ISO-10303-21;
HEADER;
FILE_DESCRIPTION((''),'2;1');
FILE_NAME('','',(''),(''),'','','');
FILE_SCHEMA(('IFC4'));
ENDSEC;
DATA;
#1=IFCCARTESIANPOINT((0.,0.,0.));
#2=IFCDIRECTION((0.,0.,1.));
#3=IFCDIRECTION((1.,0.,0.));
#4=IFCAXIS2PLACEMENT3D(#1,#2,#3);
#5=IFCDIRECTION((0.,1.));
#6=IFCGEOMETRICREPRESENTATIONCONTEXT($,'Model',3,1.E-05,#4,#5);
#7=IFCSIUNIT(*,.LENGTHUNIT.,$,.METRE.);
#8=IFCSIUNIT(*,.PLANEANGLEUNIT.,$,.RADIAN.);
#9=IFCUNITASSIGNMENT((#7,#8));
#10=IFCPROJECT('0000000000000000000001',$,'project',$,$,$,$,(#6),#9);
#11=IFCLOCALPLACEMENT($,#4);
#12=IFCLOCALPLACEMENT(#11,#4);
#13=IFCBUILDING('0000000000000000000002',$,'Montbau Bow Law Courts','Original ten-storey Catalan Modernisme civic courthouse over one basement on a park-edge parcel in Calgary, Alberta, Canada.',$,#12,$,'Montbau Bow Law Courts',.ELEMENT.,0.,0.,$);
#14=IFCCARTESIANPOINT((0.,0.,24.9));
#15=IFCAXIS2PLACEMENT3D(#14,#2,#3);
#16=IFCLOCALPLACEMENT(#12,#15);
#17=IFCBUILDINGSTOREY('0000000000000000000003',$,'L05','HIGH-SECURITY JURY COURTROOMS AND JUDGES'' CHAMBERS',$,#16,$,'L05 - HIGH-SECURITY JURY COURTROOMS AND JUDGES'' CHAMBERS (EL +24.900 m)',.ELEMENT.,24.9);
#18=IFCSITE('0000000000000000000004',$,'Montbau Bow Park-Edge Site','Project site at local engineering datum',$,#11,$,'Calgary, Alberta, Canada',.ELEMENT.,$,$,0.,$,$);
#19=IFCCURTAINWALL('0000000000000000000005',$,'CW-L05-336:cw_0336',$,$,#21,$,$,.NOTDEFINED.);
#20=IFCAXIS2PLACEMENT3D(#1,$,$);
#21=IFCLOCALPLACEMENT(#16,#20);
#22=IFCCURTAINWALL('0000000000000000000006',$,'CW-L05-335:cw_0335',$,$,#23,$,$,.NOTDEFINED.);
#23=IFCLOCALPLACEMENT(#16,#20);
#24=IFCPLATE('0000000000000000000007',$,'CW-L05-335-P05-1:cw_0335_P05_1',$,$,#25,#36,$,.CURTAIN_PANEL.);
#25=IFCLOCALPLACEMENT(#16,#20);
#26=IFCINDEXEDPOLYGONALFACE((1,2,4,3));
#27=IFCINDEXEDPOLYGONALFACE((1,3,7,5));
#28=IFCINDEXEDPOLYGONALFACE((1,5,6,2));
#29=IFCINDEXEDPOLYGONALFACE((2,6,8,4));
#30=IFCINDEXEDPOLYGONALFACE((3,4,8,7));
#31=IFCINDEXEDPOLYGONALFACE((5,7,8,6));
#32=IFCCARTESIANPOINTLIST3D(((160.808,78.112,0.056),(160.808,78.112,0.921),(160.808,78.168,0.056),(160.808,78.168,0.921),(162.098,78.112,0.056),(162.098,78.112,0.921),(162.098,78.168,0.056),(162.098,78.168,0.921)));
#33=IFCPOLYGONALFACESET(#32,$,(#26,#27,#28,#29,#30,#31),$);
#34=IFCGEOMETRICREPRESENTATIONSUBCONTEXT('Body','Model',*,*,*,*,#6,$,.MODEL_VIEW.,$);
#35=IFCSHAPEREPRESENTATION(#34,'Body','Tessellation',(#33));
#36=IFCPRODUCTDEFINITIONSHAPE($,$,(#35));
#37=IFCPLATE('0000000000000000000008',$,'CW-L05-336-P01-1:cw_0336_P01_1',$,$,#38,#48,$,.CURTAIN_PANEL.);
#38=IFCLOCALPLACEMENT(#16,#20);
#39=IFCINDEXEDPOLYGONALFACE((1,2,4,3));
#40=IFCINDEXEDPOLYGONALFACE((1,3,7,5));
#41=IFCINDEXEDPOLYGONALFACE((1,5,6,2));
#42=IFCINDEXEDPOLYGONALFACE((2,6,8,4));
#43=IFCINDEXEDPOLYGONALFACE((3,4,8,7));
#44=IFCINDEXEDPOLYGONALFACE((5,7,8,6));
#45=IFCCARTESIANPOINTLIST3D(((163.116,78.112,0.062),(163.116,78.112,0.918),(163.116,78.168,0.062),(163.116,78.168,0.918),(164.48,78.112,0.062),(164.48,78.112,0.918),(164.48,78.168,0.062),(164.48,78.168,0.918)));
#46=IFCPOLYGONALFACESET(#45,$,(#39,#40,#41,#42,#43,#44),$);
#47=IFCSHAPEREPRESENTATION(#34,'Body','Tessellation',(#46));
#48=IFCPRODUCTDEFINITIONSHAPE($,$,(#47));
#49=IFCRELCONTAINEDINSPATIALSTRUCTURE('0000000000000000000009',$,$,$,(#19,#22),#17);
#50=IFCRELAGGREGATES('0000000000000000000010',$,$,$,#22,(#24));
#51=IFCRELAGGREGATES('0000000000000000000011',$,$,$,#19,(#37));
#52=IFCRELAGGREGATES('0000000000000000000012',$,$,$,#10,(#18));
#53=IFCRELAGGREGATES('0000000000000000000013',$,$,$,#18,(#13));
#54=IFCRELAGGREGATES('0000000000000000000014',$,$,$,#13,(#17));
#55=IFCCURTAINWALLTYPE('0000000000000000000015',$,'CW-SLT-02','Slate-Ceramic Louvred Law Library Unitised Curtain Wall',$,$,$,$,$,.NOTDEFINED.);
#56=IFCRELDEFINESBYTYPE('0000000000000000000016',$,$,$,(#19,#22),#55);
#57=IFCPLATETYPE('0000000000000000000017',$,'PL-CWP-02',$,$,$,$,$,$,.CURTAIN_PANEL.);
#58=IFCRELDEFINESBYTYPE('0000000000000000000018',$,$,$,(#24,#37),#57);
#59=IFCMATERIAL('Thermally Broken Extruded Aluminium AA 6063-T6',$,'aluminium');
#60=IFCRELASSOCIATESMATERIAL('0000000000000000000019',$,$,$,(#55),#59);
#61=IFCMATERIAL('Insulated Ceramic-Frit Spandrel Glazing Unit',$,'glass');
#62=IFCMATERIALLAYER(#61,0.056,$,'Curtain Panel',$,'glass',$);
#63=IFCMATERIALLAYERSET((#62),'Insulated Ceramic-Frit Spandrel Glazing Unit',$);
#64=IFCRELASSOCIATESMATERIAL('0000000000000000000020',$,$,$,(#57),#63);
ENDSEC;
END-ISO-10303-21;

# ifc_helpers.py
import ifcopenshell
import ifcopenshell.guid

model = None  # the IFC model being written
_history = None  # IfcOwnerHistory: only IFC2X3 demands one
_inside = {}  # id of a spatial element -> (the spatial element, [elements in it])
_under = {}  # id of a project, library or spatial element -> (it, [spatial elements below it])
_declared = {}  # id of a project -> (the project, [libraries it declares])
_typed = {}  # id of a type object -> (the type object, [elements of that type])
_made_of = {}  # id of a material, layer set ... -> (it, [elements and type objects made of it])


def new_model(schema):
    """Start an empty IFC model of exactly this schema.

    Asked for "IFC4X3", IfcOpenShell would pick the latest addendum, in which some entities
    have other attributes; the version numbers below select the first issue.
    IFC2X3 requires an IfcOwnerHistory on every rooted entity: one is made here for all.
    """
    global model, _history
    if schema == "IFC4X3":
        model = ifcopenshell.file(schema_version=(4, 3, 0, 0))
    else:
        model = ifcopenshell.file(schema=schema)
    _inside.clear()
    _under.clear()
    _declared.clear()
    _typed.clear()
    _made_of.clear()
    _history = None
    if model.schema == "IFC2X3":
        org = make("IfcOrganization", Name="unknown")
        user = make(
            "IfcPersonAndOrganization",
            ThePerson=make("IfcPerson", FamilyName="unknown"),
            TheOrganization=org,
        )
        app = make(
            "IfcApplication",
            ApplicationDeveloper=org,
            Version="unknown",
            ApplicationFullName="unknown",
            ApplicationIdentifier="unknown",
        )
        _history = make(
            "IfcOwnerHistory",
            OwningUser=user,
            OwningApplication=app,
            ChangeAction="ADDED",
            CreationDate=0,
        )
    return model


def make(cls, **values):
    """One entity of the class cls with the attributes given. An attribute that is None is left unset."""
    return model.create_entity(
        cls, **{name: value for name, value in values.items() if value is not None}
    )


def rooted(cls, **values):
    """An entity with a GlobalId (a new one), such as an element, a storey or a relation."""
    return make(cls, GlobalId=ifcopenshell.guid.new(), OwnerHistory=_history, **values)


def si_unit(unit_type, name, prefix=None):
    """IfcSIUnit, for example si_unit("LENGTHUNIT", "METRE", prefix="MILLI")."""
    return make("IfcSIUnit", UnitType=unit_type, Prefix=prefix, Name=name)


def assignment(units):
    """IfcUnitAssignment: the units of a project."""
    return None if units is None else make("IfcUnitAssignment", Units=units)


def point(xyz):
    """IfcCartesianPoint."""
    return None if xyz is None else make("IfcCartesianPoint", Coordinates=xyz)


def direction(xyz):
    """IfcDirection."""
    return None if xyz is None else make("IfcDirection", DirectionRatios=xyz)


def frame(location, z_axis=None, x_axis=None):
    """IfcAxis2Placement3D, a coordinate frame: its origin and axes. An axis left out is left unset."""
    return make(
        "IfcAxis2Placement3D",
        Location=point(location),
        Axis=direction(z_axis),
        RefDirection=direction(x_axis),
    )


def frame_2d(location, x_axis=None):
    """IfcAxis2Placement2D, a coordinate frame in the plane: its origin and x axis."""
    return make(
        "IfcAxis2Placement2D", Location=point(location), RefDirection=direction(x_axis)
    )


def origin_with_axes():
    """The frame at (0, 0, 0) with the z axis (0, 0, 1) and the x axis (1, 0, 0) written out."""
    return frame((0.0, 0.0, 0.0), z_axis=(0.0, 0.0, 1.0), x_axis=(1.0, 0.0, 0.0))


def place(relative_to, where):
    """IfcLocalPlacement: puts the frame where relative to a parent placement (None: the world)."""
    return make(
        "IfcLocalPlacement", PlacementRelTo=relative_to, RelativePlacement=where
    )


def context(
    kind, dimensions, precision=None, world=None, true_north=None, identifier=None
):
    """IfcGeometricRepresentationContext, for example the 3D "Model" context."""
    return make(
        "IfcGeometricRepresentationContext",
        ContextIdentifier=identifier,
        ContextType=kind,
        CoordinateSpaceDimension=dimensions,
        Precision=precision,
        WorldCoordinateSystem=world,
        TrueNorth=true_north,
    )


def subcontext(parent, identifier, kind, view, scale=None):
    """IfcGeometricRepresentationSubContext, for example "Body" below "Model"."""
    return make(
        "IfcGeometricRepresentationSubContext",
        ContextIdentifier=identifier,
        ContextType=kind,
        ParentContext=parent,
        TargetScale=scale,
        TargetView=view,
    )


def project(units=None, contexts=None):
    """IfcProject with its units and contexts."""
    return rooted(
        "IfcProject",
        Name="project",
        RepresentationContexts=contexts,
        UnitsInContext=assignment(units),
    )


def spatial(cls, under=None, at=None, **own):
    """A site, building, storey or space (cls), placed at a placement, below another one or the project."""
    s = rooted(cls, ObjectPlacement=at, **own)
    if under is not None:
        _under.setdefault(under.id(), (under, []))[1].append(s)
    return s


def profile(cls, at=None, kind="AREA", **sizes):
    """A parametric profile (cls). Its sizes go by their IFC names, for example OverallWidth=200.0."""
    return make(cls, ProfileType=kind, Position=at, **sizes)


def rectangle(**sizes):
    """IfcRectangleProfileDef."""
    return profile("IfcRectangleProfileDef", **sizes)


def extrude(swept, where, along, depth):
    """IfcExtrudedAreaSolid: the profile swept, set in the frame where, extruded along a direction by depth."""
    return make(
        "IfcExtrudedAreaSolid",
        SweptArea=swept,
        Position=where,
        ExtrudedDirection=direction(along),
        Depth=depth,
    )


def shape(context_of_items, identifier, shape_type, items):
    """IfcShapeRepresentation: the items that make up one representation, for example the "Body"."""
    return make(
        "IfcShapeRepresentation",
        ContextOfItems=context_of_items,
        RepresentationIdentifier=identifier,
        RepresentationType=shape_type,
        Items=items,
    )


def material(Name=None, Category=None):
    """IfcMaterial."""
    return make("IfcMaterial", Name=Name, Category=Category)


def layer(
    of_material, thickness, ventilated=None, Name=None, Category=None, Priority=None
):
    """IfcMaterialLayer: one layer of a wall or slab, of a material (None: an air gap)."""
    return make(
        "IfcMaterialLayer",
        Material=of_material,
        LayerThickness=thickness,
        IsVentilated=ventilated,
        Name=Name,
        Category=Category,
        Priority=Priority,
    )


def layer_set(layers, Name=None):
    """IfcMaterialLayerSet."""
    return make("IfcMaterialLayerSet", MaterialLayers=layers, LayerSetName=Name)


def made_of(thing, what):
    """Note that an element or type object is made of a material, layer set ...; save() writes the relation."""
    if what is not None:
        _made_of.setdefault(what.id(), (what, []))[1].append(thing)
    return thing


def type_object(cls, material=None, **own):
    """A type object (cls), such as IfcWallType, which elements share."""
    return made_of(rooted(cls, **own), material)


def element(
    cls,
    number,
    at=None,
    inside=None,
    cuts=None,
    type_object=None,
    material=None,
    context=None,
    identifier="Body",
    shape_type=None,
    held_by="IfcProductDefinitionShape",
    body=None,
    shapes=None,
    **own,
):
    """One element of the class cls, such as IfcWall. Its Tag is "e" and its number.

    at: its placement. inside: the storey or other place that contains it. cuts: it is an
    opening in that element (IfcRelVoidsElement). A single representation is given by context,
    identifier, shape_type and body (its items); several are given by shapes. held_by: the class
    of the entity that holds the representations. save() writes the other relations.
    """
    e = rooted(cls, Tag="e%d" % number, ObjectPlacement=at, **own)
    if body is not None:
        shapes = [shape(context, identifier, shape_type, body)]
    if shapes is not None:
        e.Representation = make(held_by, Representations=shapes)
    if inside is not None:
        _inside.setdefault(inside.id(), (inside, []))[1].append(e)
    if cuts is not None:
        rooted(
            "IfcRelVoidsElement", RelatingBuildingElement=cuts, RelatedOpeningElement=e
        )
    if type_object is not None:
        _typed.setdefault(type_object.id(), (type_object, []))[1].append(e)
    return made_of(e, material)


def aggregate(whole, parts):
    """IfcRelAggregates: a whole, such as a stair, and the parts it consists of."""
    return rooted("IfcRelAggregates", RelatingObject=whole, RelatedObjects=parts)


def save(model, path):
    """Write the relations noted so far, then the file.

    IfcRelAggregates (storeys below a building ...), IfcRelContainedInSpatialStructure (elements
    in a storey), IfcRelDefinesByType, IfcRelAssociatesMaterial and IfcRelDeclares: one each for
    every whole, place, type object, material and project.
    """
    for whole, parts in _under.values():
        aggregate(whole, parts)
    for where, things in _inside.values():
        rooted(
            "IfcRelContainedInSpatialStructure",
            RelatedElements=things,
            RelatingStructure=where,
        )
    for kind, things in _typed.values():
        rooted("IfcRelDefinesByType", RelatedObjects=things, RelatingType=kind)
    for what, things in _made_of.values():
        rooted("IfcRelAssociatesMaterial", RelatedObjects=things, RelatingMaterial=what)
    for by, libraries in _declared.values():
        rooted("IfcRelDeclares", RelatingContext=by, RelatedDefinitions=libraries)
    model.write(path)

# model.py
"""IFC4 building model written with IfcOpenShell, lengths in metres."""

from ifc_helpers import new_model, si_unit, direction, frame, frame_2d, origin_with_axes, place, context, subcontext, project, spatial, rectangle, extrude, material, layer, layer_set, type_object, element, aggregate, save


model = new_model("IFC4")

# Units and contexts
model_context = context("Model", 3, precision=1e-05, world=origin_with_axes(), true_north=direction((0.0, 1.0)))
body_context = subcontext(model_context, "Body", "Model", "MODEL_VIEW")
ifc_project = project(units=[si_unit("LENGTHUNIT", "METRE"), si_unit("PLANEANGLEUNIT", "RADIAN")], contexts=[model_context])

# Site, building, storey
site_placement = place(None, origin_with_axes())
site = spatial("IfcSite", under=ifc_project, at=site_placement, Name="Montbau Bow Park-Edge Site", Description="Project site at local engineering datum", LongName="Calgary, Alberta, Canada", CompositionType="ELEMENT", RefElevation=0.0)
building_placement = place(site_placement, origin_with_axes())
building = spatial("IfcBuilding", under=site, at=building_placement, Name="Montbau Bow Law Courts", Description="Original ten-storey Catalan Modernisme civic courthouse over one basement on a park-edge parcel in Calgary, Alberta, Canada.", LongName="Montbau Bow Law Courts", CompositionType="ELEMENT", ElevationOfRefHeight=0.0, ElevationOfTerrain=0.0)
storey_placement = place(building_placement, frame((0.0, 0.0, 24.9), z_axis=(0.0, 0.0, 1.0), x_axis=(1.0, 0.0, 0.0)))
storey = spatial("IfcBuildingStorey", under=building, at=storey_placement, Name="L05", Description="HIGH-SECURITY JURY COURTROOMS AND JUDGES' CHAMBERS", LongName="L05 - HIGH-SECURITY JURY COURTROOMS AND JUDGES' CHAMBERS (EL +24.900 m)", CompositionType="ELEMENT", Elevation=24.9)

# Curtain wall
ifc_material_1 = material(Name="Thermally Broken Extruded Aluminium AA 6063-T6", Category="aluminium")
curtain_wall_type = type_object("IfcCurtainWallType", Name="CW-SLT-02", Description="Slate-Ceramic Louvred Law Library Unitised Curtain Wall", PredefinedType="NOTDEFINED", material=ifc_material_1)
curtain_wall_1_placement = place(None, frame((163.04, 78.14, 24.9), z_axis=(0.0, 0.0, 1.0), x_axis=(1.0, 0.0, 0.0)))
curtain_wall_1 = element("IfcCurtainWall", 1, at=curtain_wall_1_placement, inside=storey, type_object=curtain_wall_type, Name="CW-L05-336:cw_0336", PredefinedType="NOTDEFINED")

# Curtain wall, plate
curtain_wall_2_placement = place(None, frame((155.24, 78.14, 24.9), z_axis=(0.0, 0.0, 1.0), x_axis=(1.0, 0.0, 0.0)))
curtain_wall_2 = element("IfcCurtainWall", 2, at=curtain_wall_2_placement, inside=storey, type_object=curtain_wall_type, Name="CW-L05-335:cw_0335", PredefinedType="NOTDEFINED")
ifc_material_2 = material(Name="Insulated Ceramic-Frit Spandrel Glazing Unit", Category="glass")
ifc_layer_1 = layer(ifc_material_2, 0.056, Name="Curtain Panel", Category="glass")
ifc_layer_set_1 = layer_set([ifc_layer_1], Name="Insulated Ceramic-Frit Spandrel Glazing Unit")
plate_type_1 = type_object("IfcPlateType", Name="PL-CWP-02", PredefinedType="CURTAIN_PANEL", material=ifc_layer_set_1)
plate_1_placement = place(None, frame((160.808, 78.14, 24.956), z_axis=(0.0, -1.0, 0.0), x_axis=(1.0, 0.0, 0.0)))
plate_1 = element("IfcPlate", 3, at=plate_1_placement, type_object=plate_type_1, Name="CW-L05-335-P05-1:cw_0335_P05_1", PredefinedType="CURTAIN_PANEL", context=body_context, shape_type="SweptSolid", body=[
    extrude(rectangle(XDim=1.29, YDim=0.865, at=frame_2d((0.645, 0.4325), x_axis=(1.0, 0.0))), frame((0.0, 0.0, -0.028), z_axis=(0.0, 0.0, 1.0), x_axis=(1.0, 0.0, 0.0)), (0.0, 0.0, 1.0), 0.056),
])
aggregate(curtain_wall_2, [plate_1])

# Plate
plate_2_placement = place(None, frame((163.116, 78.14, 24.962), z_axis=(0.0, -1.0, 0.0), x_axis=(1.0, 0.0, 0.0)))
plate_2 = element("IfcPlate", 4, at=plate_2_placement, type_object=plate_type_1, Name="CW-L05-336-P01-1:cw_0336_P01_1", PredefinedType="CURTAIN_PANEL", context=body_context, shape_type="SweptSolid", body=[
    extrude(rectangle(XDim=1.364, YDim=0.856, at=frame_2d((0.682, 0.428), x_axis=(1.0, 0.0))), frame((0.0, 0.0, -0.028), z_axis=(0.0, 0.0, 1.0), x_axis=(1.0, 0.0, 0.0)), (0.0, 0.0, 1.0), 0.056),
])
aggregate(curtain_wall_1, [plate_2])

save(model, "model.ifc")
